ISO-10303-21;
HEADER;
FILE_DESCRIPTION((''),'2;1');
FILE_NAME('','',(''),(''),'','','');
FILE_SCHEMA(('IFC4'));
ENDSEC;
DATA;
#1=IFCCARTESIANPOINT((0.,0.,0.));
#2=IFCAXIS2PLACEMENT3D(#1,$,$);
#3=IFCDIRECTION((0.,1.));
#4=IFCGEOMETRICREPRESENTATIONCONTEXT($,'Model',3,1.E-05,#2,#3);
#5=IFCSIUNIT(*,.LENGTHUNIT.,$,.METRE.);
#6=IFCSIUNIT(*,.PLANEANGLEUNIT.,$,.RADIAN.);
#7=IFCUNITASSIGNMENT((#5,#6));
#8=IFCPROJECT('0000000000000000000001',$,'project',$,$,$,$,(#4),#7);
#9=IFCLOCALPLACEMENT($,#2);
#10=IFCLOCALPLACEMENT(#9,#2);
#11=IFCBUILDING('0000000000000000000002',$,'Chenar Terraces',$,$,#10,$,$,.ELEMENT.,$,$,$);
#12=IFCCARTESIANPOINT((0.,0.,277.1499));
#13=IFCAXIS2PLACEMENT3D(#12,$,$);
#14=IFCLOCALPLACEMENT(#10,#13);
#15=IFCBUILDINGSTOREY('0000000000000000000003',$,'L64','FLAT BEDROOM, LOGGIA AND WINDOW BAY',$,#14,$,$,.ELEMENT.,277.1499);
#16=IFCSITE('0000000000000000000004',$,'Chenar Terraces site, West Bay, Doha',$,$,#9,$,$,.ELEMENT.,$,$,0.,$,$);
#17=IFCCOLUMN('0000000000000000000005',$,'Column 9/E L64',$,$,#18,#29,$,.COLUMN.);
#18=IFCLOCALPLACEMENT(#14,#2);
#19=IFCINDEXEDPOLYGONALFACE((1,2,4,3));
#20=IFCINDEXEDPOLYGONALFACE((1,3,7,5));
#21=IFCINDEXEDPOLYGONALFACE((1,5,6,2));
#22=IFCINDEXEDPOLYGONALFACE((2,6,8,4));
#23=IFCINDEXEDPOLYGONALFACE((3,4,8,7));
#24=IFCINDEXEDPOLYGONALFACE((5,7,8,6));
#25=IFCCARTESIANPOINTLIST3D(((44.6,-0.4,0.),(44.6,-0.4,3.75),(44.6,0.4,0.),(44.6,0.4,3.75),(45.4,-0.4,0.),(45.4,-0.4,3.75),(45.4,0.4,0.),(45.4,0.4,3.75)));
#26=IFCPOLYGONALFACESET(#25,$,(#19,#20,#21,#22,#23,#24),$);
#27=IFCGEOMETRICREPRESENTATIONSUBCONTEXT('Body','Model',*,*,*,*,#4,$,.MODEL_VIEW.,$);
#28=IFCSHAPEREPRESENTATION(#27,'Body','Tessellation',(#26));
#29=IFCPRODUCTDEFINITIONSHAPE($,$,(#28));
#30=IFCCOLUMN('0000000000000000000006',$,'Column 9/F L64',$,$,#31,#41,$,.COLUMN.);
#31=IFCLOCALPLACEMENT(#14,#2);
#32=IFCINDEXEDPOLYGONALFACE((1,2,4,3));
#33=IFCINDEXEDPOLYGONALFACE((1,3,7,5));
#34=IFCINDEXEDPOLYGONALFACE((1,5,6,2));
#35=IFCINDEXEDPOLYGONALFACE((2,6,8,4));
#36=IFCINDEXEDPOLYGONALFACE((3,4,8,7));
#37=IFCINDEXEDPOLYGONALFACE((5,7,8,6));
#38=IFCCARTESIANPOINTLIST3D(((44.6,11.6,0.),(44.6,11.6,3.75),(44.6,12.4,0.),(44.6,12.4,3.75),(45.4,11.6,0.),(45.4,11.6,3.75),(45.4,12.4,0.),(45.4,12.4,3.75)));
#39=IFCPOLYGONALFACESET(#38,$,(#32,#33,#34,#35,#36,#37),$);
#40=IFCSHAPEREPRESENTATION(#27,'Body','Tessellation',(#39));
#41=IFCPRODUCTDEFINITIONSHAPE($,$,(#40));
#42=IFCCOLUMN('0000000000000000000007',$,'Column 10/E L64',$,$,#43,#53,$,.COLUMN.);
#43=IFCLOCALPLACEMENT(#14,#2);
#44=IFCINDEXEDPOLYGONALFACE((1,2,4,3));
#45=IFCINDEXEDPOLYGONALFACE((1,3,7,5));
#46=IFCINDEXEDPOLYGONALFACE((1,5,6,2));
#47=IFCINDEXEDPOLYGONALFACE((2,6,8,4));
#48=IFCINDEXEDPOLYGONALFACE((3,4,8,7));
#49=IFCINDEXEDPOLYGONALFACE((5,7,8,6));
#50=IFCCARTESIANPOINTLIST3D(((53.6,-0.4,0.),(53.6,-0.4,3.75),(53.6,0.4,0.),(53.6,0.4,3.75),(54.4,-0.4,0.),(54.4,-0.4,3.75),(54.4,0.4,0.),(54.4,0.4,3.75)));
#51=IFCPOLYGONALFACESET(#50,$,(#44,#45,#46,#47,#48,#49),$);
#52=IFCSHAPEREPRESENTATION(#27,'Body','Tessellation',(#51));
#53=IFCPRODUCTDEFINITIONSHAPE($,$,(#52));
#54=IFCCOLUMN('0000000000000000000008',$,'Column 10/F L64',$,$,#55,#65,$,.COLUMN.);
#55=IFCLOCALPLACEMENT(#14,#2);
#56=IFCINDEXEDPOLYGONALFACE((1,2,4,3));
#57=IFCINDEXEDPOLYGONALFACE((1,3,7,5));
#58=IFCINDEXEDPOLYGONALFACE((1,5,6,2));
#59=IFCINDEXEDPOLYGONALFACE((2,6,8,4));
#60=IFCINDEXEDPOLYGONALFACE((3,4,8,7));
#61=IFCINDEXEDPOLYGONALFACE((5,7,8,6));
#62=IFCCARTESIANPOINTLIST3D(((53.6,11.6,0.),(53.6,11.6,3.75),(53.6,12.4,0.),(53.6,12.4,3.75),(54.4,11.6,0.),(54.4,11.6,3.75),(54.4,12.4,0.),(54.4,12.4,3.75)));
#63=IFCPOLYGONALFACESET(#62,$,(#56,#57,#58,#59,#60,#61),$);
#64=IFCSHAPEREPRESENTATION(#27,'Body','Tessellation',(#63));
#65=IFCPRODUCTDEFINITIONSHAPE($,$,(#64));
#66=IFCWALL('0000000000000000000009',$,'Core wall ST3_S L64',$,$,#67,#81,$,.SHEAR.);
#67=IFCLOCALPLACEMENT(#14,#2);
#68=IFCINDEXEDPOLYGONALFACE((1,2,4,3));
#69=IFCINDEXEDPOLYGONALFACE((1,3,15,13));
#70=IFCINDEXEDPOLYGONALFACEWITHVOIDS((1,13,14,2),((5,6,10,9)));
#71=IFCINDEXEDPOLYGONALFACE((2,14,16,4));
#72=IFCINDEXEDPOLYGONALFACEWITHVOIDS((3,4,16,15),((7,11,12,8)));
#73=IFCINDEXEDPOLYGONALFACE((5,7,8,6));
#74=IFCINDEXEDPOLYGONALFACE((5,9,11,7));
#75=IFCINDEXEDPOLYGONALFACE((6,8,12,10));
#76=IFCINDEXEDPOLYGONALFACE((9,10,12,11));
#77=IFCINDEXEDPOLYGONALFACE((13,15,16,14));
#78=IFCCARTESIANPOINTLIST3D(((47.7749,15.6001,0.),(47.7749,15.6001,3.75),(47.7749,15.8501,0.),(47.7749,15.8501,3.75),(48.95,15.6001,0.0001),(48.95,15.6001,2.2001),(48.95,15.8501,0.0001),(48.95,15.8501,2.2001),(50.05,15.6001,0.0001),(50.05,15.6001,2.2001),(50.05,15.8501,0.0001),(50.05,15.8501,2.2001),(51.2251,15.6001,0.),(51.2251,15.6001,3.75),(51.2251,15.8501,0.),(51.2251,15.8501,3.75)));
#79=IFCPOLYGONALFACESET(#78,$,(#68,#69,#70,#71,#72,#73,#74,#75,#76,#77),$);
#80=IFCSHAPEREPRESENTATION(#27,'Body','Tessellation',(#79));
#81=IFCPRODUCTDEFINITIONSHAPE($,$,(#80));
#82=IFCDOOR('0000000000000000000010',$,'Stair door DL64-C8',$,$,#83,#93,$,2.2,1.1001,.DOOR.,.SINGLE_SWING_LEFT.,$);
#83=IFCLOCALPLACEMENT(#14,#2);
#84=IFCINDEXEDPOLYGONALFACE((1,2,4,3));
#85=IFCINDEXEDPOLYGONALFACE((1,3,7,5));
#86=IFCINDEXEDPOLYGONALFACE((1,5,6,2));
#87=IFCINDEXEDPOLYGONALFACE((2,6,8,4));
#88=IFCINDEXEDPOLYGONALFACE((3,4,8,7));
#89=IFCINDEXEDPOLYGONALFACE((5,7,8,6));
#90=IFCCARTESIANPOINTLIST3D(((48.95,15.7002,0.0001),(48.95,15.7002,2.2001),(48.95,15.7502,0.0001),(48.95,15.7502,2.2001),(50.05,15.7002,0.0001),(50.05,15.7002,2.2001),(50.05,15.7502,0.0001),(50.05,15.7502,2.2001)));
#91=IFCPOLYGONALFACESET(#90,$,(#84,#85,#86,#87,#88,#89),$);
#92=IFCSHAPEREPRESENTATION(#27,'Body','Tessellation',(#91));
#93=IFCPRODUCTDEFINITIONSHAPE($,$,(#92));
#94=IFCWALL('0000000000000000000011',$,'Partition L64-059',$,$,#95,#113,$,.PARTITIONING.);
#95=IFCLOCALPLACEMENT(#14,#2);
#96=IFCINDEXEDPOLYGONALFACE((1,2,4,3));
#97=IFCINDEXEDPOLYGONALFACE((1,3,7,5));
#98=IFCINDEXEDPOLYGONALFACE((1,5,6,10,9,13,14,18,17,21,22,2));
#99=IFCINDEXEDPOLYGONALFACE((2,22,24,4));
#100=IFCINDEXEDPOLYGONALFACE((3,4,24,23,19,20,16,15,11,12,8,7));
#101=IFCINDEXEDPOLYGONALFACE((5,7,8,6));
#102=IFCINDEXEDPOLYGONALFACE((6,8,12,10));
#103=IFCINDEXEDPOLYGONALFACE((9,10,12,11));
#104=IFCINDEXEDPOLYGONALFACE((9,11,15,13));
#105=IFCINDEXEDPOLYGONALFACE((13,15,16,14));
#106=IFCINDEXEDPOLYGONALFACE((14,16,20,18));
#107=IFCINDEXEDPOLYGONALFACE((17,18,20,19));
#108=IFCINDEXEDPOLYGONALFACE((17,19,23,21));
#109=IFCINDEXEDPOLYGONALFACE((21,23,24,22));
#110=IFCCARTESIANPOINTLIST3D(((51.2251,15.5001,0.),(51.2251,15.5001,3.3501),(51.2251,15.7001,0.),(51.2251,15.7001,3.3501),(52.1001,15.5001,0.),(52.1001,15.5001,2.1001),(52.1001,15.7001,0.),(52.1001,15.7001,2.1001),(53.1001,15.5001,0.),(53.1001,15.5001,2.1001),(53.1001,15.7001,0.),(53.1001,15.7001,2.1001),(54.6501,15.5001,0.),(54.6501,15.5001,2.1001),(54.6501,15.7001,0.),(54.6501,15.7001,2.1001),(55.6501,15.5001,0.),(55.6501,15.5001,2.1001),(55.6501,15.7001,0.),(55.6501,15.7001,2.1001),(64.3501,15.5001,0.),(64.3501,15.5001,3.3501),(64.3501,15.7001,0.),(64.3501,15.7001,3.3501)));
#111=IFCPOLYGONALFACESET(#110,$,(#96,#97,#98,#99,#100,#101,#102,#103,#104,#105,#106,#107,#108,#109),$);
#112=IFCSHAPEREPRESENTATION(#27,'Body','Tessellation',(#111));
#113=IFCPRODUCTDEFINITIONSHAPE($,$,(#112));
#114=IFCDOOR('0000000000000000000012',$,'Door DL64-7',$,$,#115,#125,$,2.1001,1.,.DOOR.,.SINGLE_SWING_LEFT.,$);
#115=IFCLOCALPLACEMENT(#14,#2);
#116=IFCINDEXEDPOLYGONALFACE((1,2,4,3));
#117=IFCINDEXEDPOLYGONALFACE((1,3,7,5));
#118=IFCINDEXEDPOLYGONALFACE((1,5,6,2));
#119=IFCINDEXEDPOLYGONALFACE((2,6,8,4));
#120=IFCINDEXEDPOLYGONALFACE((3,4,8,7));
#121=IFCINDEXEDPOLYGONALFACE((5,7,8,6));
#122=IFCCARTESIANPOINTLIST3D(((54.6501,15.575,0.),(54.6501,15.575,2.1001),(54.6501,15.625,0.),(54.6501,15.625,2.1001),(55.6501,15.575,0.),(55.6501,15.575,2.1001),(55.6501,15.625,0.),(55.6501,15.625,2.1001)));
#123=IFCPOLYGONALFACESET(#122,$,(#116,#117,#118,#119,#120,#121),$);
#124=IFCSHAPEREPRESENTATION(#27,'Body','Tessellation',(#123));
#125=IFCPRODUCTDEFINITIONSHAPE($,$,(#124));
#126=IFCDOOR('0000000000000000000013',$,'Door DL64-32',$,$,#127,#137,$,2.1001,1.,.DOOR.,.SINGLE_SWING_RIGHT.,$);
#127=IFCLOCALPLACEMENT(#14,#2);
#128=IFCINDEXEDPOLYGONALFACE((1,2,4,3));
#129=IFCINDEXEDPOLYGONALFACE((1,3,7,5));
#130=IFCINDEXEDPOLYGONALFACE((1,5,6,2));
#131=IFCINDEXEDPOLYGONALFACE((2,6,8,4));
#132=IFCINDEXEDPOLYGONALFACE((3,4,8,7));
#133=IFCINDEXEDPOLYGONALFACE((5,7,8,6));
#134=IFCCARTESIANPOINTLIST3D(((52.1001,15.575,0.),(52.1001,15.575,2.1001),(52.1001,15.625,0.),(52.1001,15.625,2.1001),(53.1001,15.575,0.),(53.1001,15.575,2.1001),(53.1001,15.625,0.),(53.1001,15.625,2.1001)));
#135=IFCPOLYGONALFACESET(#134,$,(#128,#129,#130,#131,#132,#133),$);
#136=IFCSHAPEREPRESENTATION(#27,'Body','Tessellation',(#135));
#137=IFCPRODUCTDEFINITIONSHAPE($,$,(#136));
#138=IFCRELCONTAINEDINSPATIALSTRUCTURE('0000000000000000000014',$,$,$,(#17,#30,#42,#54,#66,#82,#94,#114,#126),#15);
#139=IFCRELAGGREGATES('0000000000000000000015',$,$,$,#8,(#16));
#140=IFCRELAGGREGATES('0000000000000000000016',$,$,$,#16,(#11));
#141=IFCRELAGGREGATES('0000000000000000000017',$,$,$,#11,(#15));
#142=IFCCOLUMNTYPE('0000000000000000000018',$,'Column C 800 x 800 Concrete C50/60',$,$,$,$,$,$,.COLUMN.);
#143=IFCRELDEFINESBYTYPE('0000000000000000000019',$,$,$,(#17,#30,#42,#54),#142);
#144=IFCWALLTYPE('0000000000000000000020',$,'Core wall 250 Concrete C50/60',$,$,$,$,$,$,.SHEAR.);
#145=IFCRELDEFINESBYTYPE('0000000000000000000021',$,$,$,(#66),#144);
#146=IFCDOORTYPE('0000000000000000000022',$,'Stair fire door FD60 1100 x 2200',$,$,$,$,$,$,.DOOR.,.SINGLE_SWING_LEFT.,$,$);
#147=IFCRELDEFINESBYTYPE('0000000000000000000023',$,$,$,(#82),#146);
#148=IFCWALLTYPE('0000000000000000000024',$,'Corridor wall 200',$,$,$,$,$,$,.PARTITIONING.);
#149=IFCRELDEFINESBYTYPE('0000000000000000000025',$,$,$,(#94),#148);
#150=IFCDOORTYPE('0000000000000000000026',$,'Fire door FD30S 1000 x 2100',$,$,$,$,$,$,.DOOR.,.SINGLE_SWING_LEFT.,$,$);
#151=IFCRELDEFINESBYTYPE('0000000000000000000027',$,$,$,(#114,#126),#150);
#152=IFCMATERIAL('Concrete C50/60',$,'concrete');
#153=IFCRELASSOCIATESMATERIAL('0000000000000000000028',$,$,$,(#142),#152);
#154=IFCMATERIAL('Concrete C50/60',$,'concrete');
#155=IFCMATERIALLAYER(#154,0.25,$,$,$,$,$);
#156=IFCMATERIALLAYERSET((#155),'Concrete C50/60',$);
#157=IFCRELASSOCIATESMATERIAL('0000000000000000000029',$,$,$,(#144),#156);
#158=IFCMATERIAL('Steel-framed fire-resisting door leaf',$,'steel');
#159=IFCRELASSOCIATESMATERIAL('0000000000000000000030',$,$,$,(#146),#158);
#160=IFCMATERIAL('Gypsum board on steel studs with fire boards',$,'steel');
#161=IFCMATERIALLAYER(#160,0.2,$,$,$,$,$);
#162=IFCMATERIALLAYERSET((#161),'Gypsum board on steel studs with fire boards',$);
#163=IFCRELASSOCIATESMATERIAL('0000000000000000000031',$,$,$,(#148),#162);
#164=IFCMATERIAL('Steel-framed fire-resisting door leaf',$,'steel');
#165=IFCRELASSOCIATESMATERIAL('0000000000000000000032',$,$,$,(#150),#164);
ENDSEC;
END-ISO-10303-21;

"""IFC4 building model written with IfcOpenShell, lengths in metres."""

from ifc_helpers import new_model, si_unit, direction, frame, frame_2d, origin, origin_2d, place, context, subcontext, project, spatial, rectangle, extrude, material, layer, layer_set, material_profile, profile_set, type_object, element, fill, save


model = new_model("IFC4")

# Units and contexts
model_context = context("Model", 3, precision=1e-05, world=origin(), true_north=direction((0.0, 1.0)))
body_context = subcontext(model_context, "Body", "Model", "MODEL_VIEW")
ifc_project = project(units=[si_unit("LENGTHUNIT", "METRE"), si_unit("PLANEANGLEUNIT", "RADIAN")], contexts=[model_context])

# Site, building, storey
site_placement = place(None, origin())
site = spatial("IfcSite", under=ifc_project, at=site_placement, Name="Chenar Terraces site, West Bay, Doha", CompositionType="ELEMENT", RefElevation=0.0)
building_placement = place(site_placement, origin())
building = spatial("IfcBuilding", under=site, at=building_placement, Name="Chenar Terraces", CompositionType="ELEMENT")
storey_placement = place(building_placement, frame((0.0, 0.0, 277.1499)))
storey = spatial("IfcBuildingStorey", under=building, at=storey_placement, Name="L64", Description="FLAT BEDROOM, LOGGIA AND WINDOW BAY", CompositionType="ELEMENT", Elevation=277.1499)

# Columns
ifc_material_1 = material(Name="Concrete C50/60", Category="concrete")
ifc_material_profile = material_profile(ifc_material_1, rectangle(XDim=0.8, YDim=0.8, at=origin_2d()), Name="C 800 x 800")
ifc_profile_set = profile_set([ifc_material_profile], Name="Concrete C50/60")
column_type = type_object("IfcColumnType", Name="Column C 800 x 800 Concrete C50/60", PredefinedType="COLUMN", material=ifc_profile_set)
for number, where, z_axis, x_axis, name in (
    (1, (45.0, 0.0, 0.0), (0.0, 0.0, 1.0), (1.0, 0.0, 0.0), "Column 9/E L64"),
    (2, (45.0, 12.0, 0.0), (0.0, 0.0, 1.0), (1.0, 0.0, 0.0), "Column 9/F L64"),
    (3, (54.0, 0.0, 0.0), (0.0, 0.0, 1.0), (1.0, 0.0, 0.0), "Column 10/E L64"),
    (4, (54.0, 12.0, 0.0), (0.0, 0.0, 1.0), (1.0, 0.0, 0.0), "Column 10/F L64"),
):
    element("IfcColumn", number, at=place(storey_placement, frame(where, z_axis=z_axis, x_axis=x_axis)), inside=storey, type_object=column_type, Name=name, PredefinedType="COLUMN", context=body_context, shape_type="SweptSolid", body=[
        extrude(rectangle(XDim=0.8, YDim=0.8, at=origin_2d()), origin(), (0.0, 0.0, 1.0), 3.75),
    ])

# Wall, opening, door
ifc_material_2 = material(Name="Concrete C50/60", Category="concrete")
ifc_layer_1 = layer(ifc_material_2, 0.25)
ifc_layer_set_1 = layer_set([ifc_layer_1], Name="Concrete C50/60")
wall_type_1 = type_object("IfcWallType", Name="Core wall 250 Concrete C50/60", PredefinedType="SHEAR", material=ifc_layer_set_1)
wall_1_placement = place(storey_placement, frame((47.7749, 15.7251, 0.0), z_axis=(0.0, 0.0, 1.0), x_axis=(1.0, 0.0, 0.0)))
wall_1 = element("IfcWall", 5, at=wall_1_placement, inside=storey, type_object=wall_type_1, Name="Core wall ST3_S L64", PredefinedType="SHEAR", context=body_context, shape_type="SweptSolid", body=[
    extrude(rectangle(XDim=3.4502, YDim=0.25, at=frame_2d((1.7251, 0.0))), origin(), (0.0, 0.0, 1.0), 3.75),
])
opening_1_placement = place(wall_1_placement, frame((1.175, 0.0, 0.0)))
opening_1 = element("IfcOpeningElement", 6, at=opening_1_placement, cuts=wall_1, PredefinedType="OPENING", context=body_context, shape_type="SweptSolid", body=[
    extrude(rectangle(XDim=1.1001, YDim=2.2, at=frame_2d((0.55, 1.1001))), frame((0.0, 0.135, 0.0), z_axis=(0.0, -1.0, 0.0), x_axis=(1.0, 0.0, 0.0)), (0.0, 0.0, 1.0), 0.27),
])
ifc_material_3 = material(Name="Steel-framed fire-resisting door leaf", Category="steel")
door_type_1 = type_object("IfcDoorType", Name="Stair fire door FD60 1100 x 2200", OperationType="SINGLE_SWING_LEFT", PredefinedType="DOOR", material=ifc_material_3)
door_1_placement = place(opening_1_placement, frame((1.1001, 0.0, 0.0), z_axis=(0.0, 0.0, 1.0), x_axis=(-1.0, 0.0, 0.0)))
door_1 = element("IfcDoor", 7, at=door_1_placement, inside=storey, type_object=door_type_1, Name="Stair door DL64-C8", OperationType="SINGLE_SWING_LEFT", OverallHeight=2.2, OverallWidth=1.1001, PredefinedType="DOOR", context=body_context, shape_type="SweptSolid", body=[
    extrude(rectangle(XDim=1.1001, YDim=2.2, at=frame_2d((0.55, 1.1001))), frame((0.0, 0.0249, 0.0), z_axis=(0.0, -1.0, 0.0), x_axis=(1.0, 0.0, 0.0)), (0.0, 0.0, 1.0), 0.05),
])
fill(opening_1, door_1)

# Wall, openings, doors
ifc_material_4 = material(Name="Gypsum board on steel studs with fire boards", Category="steel")
ifc_layer_2 = layer(ifc_material_4, 0.2)
ifc_layer_set_2 = layer_set([ifc_layer_2], Name="Gypsum board on steel studs with fire boards")
wall_type_2 = type_object("IfcWallType", Name="Corridor wall 200", PredefinedType="PARTITIONING", material=ifc_layer_set_2)
wall_2_placement = place(storey_placement, frame((51.2251, 15.6001, 0.0), z_axis=(0.0, 0.0, 1.0), x_axis=(1.0, 0.0, 0.0)))
wall_2 = element("IfcWall", 8, at=wall_2_placement, inside=storey, type_object=wall_type_2, Name="Partition L64-059", PredefinedType="PARTITIONING", context=body_context, shape_type="SweptSolid", body=[
    extrude(rectangle(XDim=13.125, YDim=0.2, at=frame_2d((6.5625, 0.0))), origin(), (0.0, 0.0, 1.0), 3.3501),
])
opening_2_placement = place(wall_2_placement, frame((3.425, 0.0, 0.0)))
opening_2 = element("IfcOpeningElement", 9, at=opening_2_placement, cuts=wall_2, PredefinedType="OPENING", context=body_context, shape_type="SweptSolid", body=[
    extrude(rectangle(XDim=1.0, YDim=2.1001, at=frame_2d((0.5, 1.05))), frame((0.0, 0.1099, 0.0), z_axis=(0.0, -1.0, 0.0), x_axis=(1.0, 0.0, 0.0)), (0.0, 0.0, 1.0), 0.22),
])
opening_3_placement = place(wall_2_placement, frame((0.875, 0.0, 0.0)))
opening_3 = element("IfcOpeningElement", 10, at=opening_3_placement, cuts=wall_2, PredefinedType="OPENING", context=body_context, shape_type="SweptSolid", body=[
    extrude(rectangle(XDim=1.0, YDim=2.1001, at=frame_2d((0.5, 1.05))), frame((0.0, 0.1099, 0.0), z_axis=(0.0, -1.0, 0.0), x_axis=(1.0, 0.0, 0.0)), (0.0, 0.0, 1.0), 0.22),
])
ifc_material_5 = material(Name="Steel-framed fire-resisting door leaf", Category="steel")
door_type_2 = type_object("IfcDoorType", Name="Fire door FD30S 1000 x 2100", OperationType="SINGLE_SWING_LEFT", PredefinedType="DOOR", material=ifc_material_5)
door_2_placement = place(opening_2_placement, origin())
door_2 = element("IfcDoor", 11, at=door_2_placement, inside=storey, type_object=door_type_2, Name="Door DL64-7", OperationType="SINGLE_SWING_LEFT", OverallHeight=2.1001, OverallWidth=1.0, PredefinedType="DOOR", context=body_context, shape_type="SweptSolid", body=[
    extrude(rectangle(XDim=1.0, YDim=2.1001, at=frame_2d((0.5, 1.05))), frame((0.0, 0.0249, 0.0), z_axis=(0.0, -1.0, 0.0), x_axis=(1.0, 0.0, 0.0)), (0.0, 0.0, 1.0), 0.05),
])
fill(opening_2, door_2)
door_3_placement = place(opening_3_placement, origin())
door_3 = element("IfcDoor", 12, at=door_3_placement, inside=storey, type_object=door_type_2, Name="Door DL64-32", OperationType="SINGLE_SWING_RIGHT", OverallHeight=2.1001, OverallWidth=1.0, PredefinedType="DOOR", context=body_context, shape_type="SweptSolid", body=[
    extrude(rectangle(XDim=1.0, YDim=2.1001, at=frame_2d((0.5, 1.05))), frame((0.0, 0.0249, 0.0), z_axis=(0.0, -1.0, 0.0), x_axis=(1.0, 0.0, 0.0)), (0.0, 0.0, 1.0), 0.05),
])
fill(opening_3, door_3)

save(model, "model.ifc")
